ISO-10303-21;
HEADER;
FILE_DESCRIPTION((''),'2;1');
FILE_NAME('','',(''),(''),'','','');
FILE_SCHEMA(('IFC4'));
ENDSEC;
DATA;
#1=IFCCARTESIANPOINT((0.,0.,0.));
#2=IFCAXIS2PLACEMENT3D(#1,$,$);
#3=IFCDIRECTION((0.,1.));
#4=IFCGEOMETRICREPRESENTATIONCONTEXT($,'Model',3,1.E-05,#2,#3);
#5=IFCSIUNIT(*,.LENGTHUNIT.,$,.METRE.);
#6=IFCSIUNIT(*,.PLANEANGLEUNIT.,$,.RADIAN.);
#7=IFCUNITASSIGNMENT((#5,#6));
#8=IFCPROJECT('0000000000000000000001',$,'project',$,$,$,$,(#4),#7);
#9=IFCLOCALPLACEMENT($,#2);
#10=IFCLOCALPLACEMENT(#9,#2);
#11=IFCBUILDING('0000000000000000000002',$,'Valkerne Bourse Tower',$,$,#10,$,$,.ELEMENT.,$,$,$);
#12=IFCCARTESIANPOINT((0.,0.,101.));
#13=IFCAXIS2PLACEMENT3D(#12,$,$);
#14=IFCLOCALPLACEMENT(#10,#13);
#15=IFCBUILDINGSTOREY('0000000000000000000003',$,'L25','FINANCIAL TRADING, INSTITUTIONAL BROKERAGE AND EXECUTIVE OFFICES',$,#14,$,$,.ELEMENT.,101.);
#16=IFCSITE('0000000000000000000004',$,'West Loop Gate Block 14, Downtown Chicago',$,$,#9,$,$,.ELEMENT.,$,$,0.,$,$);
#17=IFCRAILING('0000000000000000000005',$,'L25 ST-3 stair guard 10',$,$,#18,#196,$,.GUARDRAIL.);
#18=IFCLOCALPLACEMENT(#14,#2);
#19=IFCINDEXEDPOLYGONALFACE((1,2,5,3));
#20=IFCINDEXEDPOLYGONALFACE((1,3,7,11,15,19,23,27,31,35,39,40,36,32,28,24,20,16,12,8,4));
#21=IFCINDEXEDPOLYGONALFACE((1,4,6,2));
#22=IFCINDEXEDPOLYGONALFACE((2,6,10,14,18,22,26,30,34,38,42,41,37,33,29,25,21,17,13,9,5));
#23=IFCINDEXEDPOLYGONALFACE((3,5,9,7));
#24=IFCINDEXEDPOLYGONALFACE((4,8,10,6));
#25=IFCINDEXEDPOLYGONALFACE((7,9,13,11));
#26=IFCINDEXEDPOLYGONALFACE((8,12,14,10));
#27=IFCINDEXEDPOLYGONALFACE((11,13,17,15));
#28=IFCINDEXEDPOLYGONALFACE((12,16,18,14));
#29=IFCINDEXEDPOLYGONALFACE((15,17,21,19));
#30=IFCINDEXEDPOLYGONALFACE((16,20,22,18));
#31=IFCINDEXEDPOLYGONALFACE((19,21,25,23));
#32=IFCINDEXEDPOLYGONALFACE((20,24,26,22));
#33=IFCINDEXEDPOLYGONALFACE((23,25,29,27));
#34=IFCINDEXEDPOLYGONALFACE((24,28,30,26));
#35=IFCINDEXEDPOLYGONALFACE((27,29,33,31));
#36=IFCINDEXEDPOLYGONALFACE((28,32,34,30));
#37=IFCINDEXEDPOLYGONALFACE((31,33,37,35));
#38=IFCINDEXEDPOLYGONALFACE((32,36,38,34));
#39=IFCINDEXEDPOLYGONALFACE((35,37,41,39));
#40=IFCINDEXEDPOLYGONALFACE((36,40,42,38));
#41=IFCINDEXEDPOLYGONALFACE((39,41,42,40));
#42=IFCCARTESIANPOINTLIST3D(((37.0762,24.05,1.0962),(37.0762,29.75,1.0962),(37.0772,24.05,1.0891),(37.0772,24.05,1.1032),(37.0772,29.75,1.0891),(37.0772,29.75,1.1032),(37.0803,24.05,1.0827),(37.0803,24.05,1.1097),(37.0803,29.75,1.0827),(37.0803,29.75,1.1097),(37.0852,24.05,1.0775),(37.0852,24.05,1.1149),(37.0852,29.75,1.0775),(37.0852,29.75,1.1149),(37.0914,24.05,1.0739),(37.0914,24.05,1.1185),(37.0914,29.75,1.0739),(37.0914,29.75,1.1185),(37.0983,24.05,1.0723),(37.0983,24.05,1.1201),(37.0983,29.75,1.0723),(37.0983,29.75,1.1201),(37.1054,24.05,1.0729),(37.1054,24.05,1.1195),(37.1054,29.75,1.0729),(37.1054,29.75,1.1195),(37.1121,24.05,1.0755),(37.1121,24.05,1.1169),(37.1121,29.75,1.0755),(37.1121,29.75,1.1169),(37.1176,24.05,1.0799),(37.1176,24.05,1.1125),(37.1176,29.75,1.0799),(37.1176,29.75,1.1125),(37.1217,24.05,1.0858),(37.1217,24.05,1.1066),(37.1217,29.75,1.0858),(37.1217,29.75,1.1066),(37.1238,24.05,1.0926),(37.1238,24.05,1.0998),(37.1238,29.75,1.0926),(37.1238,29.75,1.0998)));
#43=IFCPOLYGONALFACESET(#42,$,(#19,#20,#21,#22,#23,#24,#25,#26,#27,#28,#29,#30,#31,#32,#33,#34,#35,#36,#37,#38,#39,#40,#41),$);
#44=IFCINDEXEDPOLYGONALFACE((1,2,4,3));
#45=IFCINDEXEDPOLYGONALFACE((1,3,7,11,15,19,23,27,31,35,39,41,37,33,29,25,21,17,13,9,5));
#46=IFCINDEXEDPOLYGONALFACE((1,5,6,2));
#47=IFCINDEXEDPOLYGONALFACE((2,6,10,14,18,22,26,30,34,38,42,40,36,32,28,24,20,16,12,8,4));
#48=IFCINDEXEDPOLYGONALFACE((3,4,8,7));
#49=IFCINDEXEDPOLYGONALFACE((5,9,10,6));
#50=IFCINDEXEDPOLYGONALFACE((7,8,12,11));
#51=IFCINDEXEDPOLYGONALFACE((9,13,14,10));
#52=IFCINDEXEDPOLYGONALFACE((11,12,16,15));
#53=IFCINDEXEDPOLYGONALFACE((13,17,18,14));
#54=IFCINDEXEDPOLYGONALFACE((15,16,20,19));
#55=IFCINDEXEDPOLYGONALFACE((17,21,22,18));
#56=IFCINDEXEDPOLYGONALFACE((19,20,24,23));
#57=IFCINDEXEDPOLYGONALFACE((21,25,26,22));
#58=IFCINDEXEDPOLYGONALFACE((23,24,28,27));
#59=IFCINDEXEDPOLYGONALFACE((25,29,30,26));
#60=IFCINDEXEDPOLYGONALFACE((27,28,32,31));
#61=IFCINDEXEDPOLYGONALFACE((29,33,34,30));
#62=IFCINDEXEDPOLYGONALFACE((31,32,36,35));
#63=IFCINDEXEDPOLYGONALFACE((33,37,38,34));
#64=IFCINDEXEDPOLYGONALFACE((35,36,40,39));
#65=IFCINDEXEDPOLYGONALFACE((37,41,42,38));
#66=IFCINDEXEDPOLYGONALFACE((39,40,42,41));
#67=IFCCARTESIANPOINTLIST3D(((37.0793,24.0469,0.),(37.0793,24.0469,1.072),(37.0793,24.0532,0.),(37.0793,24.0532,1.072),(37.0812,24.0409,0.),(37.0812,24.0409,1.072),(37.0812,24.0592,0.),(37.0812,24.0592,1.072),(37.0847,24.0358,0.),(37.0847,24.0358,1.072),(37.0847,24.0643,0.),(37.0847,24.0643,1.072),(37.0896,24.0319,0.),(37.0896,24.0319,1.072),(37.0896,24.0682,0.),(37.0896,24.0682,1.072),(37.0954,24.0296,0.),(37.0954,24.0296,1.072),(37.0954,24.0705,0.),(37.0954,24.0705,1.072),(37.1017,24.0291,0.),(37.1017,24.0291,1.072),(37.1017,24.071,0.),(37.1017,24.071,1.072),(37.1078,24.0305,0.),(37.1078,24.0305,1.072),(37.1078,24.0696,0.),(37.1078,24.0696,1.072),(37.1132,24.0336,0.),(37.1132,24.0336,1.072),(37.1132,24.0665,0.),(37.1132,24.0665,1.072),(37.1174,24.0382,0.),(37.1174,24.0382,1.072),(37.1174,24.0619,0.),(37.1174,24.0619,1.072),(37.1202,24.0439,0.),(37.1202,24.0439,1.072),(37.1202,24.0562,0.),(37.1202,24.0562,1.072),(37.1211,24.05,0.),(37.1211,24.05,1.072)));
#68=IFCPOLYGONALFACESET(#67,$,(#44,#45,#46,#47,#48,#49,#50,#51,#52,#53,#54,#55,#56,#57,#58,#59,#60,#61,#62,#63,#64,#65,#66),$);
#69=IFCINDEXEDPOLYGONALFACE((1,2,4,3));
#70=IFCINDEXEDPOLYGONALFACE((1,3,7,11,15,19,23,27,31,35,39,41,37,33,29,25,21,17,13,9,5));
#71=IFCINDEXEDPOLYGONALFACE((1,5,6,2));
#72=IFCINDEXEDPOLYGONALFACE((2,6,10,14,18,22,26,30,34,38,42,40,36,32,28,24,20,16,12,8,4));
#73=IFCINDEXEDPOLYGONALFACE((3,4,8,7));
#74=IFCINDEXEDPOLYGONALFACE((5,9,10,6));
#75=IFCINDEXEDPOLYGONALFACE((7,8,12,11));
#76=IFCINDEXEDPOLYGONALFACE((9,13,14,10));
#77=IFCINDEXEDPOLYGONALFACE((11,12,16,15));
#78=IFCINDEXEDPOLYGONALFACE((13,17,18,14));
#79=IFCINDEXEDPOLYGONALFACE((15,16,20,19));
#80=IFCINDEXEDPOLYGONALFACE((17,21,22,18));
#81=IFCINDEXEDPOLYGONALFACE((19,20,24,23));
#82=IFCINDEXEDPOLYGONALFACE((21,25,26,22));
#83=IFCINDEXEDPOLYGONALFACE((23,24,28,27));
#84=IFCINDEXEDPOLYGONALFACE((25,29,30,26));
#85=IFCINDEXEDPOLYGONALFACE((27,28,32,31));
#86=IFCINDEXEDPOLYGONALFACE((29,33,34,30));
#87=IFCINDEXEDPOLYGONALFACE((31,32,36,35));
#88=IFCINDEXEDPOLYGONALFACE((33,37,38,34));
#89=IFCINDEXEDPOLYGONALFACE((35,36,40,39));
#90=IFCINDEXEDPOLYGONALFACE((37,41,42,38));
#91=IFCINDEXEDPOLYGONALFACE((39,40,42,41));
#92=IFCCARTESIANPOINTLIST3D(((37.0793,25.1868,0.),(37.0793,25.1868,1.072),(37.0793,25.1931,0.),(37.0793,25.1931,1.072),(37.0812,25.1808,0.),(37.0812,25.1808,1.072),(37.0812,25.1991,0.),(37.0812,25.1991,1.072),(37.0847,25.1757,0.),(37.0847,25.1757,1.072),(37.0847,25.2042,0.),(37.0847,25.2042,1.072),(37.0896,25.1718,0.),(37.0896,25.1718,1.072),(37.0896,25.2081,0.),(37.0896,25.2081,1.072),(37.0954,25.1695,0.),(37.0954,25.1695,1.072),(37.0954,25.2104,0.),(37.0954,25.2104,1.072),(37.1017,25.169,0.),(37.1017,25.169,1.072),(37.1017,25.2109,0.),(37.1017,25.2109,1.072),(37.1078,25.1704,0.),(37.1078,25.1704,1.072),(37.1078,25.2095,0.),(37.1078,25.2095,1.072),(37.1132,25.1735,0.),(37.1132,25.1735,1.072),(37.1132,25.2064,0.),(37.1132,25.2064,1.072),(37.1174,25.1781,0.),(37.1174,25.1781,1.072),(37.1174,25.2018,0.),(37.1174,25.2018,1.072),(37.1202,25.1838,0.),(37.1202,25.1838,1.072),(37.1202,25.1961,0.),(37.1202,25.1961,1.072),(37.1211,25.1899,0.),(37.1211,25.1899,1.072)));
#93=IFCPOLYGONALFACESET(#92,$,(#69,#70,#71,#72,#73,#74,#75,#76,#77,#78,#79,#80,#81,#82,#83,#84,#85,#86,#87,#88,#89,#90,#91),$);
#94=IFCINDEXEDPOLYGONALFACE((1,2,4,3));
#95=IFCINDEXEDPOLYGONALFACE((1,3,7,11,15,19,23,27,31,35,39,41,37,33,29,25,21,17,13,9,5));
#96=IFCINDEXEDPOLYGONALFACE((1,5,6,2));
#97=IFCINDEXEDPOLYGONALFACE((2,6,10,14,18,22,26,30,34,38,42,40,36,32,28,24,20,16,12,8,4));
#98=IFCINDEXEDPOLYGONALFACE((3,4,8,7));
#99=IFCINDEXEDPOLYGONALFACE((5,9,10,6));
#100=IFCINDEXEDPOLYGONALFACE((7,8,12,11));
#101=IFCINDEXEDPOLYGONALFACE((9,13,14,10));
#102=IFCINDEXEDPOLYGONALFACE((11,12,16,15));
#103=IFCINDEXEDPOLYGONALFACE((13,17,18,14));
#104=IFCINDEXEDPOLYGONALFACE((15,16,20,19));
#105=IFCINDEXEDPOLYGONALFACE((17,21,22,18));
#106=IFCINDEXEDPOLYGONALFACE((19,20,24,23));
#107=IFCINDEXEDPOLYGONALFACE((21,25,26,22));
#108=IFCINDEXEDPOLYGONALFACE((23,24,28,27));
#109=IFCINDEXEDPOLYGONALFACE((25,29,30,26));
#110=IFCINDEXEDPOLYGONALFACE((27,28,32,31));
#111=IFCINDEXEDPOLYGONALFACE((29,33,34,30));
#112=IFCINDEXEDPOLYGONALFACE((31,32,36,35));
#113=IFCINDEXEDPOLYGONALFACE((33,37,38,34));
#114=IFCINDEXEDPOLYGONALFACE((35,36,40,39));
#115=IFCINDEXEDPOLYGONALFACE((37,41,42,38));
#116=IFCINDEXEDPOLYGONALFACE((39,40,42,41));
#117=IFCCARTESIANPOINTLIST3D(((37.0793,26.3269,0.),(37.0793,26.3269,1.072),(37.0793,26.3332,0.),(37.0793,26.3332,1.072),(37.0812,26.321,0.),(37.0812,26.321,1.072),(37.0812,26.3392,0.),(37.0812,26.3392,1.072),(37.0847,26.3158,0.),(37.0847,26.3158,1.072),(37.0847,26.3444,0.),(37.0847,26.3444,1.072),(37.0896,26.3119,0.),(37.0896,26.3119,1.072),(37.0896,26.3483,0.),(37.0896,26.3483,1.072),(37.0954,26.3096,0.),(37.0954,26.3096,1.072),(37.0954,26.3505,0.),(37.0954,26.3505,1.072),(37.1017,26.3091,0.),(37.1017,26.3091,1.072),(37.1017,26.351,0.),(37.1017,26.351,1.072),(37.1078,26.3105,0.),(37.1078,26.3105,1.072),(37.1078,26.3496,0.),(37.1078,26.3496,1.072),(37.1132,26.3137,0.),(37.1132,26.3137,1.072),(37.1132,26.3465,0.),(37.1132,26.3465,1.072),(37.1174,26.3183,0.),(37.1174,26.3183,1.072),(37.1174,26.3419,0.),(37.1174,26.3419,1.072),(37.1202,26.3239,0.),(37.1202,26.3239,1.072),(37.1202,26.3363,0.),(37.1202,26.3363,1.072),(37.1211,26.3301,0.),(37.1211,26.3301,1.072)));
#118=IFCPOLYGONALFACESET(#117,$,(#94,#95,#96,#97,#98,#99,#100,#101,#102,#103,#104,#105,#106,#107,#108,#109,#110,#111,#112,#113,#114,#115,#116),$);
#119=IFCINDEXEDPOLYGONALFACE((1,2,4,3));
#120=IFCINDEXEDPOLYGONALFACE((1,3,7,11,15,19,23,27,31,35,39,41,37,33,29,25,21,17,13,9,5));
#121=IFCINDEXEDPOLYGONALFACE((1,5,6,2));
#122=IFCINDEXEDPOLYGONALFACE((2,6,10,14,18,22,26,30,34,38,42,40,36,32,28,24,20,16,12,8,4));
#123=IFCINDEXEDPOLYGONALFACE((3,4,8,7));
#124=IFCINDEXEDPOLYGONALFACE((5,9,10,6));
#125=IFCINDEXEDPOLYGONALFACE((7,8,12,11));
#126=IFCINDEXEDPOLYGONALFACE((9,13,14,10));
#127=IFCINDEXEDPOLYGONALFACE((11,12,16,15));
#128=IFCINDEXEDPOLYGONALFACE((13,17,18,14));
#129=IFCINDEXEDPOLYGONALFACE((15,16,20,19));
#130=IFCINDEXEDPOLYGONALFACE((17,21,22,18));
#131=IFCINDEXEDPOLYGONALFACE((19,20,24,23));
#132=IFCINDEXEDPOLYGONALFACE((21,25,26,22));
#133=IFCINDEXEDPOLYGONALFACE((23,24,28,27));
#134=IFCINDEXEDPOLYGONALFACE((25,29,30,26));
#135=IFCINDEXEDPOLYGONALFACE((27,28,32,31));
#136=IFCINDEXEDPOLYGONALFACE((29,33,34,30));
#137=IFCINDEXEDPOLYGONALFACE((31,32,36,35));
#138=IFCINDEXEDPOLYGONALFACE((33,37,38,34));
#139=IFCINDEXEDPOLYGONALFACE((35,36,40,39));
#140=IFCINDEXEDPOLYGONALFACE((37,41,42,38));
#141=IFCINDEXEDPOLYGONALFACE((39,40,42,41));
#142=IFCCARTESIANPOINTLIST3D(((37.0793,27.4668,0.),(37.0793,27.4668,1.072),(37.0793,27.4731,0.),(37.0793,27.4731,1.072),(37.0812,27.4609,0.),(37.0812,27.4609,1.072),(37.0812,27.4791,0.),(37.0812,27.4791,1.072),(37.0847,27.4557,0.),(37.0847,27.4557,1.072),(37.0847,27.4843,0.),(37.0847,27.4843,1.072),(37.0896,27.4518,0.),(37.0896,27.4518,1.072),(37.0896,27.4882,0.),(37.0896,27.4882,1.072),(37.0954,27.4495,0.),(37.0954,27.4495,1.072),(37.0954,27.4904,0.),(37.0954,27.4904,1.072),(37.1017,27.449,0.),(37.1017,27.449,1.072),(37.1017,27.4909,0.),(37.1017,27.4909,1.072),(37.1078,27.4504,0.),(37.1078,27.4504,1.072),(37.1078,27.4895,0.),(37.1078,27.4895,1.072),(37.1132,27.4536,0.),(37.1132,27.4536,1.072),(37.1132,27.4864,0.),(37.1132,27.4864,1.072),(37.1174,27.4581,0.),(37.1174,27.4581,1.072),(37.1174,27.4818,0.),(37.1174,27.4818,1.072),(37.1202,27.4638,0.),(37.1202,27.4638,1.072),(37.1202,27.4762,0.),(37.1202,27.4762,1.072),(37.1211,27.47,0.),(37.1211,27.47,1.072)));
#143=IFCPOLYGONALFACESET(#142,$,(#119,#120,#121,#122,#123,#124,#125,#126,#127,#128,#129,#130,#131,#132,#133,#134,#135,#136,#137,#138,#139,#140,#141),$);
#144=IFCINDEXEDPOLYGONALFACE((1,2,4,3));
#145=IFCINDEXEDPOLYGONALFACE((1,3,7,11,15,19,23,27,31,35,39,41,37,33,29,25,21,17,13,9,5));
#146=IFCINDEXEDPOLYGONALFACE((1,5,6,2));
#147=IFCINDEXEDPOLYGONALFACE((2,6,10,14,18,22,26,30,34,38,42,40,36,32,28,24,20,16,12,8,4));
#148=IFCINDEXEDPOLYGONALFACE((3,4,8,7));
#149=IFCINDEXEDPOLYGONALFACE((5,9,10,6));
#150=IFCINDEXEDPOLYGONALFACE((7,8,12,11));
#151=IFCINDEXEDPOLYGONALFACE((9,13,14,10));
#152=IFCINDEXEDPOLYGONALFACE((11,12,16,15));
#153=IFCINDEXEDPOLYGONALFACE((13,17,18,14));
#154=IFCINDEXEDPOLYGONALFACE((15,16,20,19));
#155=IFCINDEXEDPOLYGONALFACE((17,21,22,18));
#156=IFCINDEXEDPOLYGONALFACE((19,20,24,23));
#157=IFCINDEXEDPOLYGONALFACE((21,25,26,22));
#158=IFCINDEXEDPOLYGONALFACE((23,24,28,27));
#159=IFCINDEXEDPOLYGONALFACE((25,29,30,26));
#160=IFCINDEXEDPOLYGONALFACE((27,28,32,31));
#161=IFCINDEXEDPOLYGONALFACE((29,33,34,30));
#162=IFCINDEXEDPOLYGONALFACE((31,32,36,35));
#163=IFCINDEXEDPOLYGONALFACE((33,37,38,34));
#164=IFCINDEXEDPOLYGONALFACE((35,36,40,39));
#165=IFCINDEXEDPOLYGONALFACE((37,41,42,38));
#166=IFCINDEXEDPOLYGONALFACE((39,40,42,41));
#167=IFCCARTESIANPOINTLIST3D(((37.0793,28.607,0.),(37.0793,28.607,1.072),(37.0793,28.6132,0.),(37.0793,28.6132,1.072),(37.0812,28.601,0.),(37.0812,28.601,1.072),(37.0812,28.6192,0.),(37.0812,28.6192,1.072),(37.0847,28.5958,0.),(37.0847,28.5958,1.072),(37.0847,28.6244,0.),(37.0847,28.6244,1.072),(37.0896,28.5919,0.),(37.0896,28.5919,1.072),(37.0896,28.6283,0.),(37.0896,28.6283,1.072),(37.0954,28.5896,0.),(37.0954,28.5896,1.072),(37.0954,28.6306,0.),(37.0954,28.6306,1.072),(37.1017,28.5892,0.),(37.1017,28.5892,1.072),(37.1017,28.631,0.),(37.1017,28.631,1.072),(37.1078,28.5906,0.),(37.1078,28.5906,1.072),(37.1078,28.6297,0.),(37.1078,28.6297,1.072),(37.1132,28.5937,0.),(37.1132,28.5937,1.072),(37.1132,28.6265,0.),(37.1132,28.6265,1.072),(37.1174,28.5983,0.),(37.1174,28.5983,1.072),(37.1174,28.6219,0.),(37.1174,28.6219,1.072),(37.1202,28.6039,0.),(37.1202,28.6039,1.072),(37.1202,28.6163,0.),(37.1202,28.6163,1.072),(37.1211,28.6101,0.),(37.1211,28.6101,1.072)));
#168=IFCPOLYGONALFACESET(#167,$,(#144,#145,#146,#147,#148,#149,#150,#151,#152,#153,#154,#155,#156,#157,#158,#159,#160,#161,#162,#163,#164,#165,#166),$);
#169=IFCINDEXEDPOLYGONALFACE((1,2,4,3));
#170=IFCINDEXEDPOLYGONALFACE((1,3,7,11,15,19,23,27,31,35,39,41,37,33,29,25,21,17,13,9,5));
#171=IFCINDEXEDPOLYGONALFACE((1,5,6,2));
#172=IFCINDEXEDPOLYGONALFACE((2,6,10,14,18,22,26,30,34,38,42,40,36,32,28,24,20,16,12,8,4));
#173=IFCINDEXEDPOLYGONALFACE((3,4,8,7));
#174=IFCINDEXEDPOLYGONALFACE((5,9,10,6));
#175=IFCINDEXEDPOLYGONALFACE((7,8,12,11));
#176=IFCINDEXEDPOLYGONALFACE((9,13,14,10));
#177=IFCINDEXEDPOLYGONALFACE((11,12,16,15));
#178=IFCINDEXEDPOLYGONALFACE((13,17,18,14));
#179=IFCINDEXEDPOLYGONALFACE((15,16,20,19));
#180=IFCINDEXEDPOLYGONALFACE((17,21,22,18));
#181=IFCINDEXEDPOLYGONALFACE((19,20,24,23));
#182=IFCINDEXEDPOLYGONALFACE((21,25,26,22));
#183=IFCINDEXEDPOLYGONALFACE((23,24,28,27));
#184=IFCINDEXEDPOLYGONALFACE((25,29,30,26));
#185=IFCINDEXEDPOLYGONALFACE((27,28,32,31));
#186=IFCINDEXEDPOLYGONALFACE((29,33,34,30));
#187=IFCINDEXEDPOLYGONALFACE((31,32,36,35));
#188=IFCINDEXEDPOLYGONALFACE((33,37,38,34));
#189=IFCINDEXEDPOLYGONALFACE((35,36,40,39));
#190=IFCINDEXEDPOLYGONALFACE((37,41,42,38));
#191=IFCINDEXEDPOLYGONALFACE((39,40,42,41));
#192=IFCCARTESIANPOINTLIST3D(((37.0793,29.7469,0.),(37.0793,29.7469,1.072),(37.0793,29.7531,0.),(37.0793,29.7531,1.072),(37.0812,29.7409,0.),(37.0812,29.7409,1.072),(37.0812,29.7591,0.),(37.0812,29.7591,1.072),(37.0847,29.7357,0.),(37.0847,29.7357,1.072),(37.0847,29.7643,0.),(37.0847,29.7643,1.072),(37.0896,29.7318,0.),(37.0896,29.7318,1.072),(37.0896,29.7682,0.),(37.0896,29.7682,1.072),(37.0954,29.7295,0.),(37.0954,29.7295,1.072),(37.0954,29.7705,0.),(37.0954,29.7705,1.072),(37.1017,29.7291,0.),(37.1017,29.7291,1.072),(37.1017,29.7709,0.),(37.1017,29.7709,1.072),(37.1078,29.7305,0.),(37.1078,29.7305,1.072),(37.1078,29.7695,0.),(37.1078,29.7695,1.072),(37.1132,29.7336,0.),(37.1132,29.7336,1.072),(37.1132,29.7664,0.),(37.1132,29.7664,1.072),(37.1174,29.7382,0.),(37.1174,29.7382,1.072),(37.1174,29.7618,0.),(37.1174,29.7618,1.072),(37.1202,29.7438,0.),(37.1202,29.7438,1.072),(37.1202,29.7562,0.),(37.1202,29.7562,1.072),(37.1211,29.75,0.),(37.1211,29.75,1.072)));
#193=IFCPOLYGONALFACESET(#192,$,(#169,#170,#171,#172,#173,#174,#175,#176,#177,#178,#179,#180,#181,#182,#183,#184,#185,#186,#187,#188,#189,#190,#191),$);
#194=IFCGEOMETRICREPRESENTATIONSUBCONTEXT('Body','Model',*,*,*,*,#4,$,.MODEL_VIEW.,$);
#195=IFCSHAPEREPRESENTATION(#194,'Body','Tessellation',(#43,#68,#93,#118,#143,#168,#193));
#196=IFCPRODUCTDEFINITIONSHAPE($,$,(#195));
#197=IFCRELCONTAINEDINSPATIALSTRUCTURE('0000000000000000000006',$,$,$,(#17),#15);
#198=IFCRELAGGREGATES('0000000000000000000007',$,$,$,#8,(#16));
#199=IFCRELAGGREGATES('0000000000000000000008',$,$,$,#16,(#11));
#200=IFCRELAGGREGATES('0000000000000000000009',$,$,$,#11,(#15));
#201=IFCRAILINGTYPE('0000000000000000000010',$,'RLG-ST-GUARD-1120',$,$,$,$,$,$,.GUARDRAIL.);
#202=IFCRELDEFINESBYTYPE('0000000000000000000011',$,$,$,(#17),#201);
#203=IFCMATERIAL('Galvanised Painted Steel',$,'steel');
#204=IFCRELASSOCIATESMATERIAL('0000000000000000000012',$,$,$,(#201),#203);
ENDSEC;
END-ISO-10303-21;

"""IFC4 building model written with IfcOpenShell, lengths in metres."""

from ifc_helpers import new_model, si_unit, direction, frame, origin, origin_2d, place, context, subcontext, project, spatial, circle, extrude, material, type_object, element, save


model = new_model("IFC4")

# Units and contexts
model_context = context("Model", 3, precision=1e-05, world=origin(), true_north=direction((0.0, 1.0)))
body_context = subcontext(model_context, "Body", "Model", "MODEL_VIEW")
ifc_project = project(units=[si_unit("LENGTHUNIT", "METRE"), si_unit("PLANEANGLEUNIT", "RADIAN")], contexts=[model_context])

# Site, building, storey
site_placement = place(None, origin())
site = spatial("IfcSite", under=ifc_project, at=site_placement, Name="West Loop Gate Block 14, Downtown Chicago", CompositionType="ELEMENT", RefElevation=0.0)
building_placement = place(site_placement, origin())
building = spatial("IfcBuilding", under=site, at=building_placement, Name="Valkerne Bourse Tower", CompositionType="ELEMENT")
storey_placement = place(building_placement, frame((0.0, 0.0, 101.0)))
storey = spatial("IfcBuildingStorey", under=building, at=storey_placement, Name="L25", Description="FINANCIAL TRADING, INSTITUTIONAL BROKERAGE AND EXECUTIVE OFFICES", CompositionType="ELEMENT", Elevation=101.0)

# Shared definitions
ifc_material_1 = material(Name="Galvanised Painted Steel", Category="steel")

# Railing
railing_type_1 = type_object("IfcRailingType", Name="RLG-ST-GUARD-1120", PredefinedType="GUARDRAIL", material=ifc_material_1)
for number, where, name in (
    (1, (37.1001, 24.05, 0.0), "L25 ST-3 stair guard 10"),
):
    element("IfcRailing", number, at=place(storey_placement, frame(where)), inside=storey, type_object=railing_type_1, Name=name, PredefinedType="GUARDRAIL", context=body_context, shape_type="SweptSolid", body=[
        extrude(circle(Radius=0.0239, at=origin_2d()), frame((0.0, 0.0, 1.0962), z_axis=(0.0, 1.0, 0.0), x_axis=(-1.0, 0.0, 0.0)), (0.0, 0.0, 1.0), 5.7),
        extrude(circle(Radius=0.021, at=origin_2d()), origin(), (0.0, 0.0, 1.0), 1.072),
        extrude(circle(Radius=0.021, at=origin_2d()), frame((0.0, 1.1399, 0.0)), (0.0, 0.0, 1.0), 1.072),
        extrude(circle(Radius=0.021, at=origin_2d()), frame((0.0, 2.28, 0.0)), (0.0, 0.0, 1.0), 1.072),
        extrude(circle(Radius=0.021, at=origin_2d()), frame((0.0, 3.4199, 0.0)), (0.0, 0.0, 1.0), 1.072),
        extrude(circle(Radius=0.021, at=origin_2d()), frame((0.0, 4.5601, 0.0)), (0.0, 0.0, 1.0), 1.072),
        extrude(circle(Radius=0.021, at=origin_2d()), frame((0.0, 5.7, 0.0)), (0.0, 0.0, 1.0), 1.072),
    ])

save(model, "model.ifc")
